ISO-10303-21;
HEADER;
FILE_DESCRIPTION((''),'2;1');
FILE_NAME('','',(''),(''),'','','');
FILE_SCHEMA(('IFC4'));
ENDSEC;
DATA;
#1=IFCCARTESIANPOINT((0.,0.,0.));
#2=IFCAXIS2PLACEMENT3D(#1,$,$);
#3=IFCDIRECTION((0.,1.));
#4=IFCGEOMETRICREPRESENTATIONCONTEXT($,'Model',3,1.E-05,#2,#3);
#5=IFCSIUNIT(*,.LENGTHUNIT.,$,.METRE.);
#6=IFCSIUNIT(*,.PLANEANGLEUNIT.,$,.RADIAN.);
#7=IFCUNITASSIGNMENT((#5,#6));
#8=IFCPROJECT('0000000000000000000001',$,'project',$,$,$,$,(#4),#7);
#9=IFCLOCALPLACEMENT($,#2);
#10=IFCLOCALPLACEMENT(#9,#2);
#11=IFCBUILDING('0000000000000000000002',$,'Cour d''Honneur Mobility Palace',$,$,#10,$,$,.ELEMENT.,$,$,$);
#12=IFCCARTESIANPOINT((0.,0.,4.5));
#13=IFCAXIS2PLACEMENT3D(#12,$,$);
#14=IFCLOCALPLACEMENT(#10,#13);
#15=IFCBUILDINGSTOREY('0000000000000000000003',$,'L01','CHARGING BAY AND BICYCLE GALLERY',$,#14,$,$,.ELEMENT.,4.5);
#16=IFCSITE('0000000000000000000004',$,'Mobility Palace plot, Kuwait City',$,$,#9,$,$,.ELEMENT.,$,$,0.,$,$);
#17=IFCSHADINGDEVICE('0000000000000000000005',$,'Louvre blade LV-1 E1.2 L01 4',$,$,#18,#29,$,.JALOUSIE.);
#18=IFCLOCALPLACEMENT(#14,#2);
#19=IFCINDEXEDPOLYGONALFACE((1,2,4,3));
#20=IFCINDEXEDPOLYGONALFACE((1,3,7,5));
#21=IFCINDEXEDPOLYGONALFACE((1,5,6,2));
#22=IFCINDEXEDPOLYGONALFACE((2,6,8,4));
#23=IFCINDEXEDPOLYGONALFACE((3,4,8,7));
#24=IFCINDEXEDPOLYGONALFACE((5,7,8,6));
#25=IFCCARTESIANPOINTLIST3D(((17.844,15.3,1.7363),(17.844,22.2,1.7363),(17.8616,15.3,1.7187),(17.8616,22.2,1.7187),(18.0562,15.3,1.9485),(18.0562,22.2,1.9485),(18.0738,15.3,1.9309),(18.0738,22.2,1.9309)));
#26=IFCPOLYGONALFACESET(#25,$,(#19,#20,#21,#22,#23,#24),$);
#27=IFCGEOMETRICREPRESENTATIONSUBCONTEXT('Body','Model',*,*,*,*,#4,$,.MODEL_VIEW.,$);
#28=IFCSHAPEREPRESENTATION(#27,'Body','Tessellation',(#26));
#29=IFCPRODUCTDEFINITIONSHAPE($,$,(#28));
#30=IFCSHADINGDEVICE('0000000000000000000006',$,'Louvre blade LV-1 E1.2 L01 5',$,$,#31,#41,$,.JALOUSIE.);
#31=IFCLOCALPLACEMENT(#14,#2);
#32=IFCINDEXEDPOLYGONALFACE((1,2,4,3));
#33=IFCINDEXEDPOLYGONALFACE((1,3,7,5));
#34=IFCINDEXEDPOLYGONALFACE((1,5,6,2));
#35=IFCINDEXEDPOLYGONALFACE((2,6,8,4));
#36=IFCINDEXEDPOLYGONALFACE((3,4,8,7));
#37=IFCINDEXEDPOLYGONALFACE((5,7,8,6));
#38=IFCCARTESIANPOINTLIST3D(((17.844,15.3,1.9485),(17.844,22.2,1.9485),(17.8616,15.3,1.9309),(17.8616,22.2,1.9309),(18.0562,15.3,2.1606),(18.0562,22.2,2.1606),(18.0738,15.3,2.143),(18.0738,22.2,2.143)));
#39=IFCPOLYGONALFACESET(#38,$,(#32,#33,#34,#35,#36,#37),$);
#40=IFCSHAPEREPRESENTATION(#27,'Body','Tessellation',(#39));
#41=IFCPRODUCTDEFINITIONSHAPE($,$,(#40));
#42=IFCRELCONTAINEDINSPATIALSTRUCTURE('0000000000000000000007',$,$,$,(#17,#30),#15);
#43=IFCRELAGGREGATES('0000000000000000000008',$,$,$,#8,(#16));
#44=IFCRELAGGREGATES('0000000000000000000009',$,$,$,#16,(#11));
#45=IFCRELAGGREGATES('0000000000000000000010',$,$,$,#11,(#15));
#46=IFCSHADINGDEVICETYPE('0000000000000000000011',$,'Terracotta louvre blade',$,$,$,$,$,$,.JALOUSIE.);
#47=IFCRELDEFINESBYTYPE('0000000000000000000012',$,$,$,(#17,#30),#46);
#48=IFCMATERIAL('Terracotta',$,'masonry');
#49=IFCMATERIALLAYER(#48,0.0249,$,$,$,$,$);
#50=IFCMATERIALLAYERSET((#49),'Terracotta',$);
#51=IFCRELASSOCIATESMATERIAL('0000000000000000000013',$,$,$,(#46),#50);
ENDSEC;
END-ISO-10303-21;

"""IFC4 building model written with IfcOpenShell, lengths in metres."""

from ifc_helpers import new_model, si_unit, direction, frame, origin, place, context, subcontext, project, spatial, polyline, outline, extrude, material, layer, layer_set, type_object, element, save


model = new_model("IFC4")

# Units and contexts
model_context = context("Model", 3, precision=1e-05, world=origin(), true_north=direction((0.0, 1.0)))
body_context = subcontext(model_context, "Body", "Model", "MODEL_VIEW")
ifc_project = project(units=[si_unit("LENGTHUNIT", "METRE"), si_unit("PLANEANGLEUNIT", "RADIAN")], contexts=[model_context])

# Site, building, storey
site_placement = place(None, origin())
site = spatial("IfcSite", under=ifc_project, at=site_placement, Name="Mobility Palace plot, Kuwait City", CompositionType="ELEMENT", RefElevation=0.0)
building_placement = place(site_placement, origin())
building = spatial("IfcBuilding", under=site, at=building_placement, Name="Cour d'Honneur Mobility Palace", CompositionType="ELEMENT")
storey_placement = place(building_placement, frame((0.0, 0.0, 4.5)))
storey = spatial("IfcBuildingStorey", under=building, at=storey_placement, Name="L01", Description="CHARGING BAY AND BICYCLE GALLERY", CompositionType="ELEMENT", Elevation=4.5)

# Shading devices
ifc_material_1 = material(Name="Terracotta", Category="masonry")
ifc_layer_1 = layer(ifc_material_1, 0.0249)
ifc_layer_set_1 = layer_set([ifc_layer_1], Name="Terracotta")
shading_device_type = type_object("IfcShadingDeviceType", Name="Terracotta louvre blade", PredefinedType="JALOUSIE", material=ifc_layer_set_1)
for number, where, z_axis, x_axis, name in (
    (1, (17.844, 15.3, 1.7363), (-0.707107, 0.0, 0.707107), (0.0, 1.0, 0.0), "Louvre blade LV-1 E1.2 L01 4"),
    (2, (17.844, 15.3, 1.9485), (-0.707107, 0.0, 0.707107), (0.0, 1.0, 0.0), "Louvre blade LV-1 E1.2 L01 5"),
):
    element("IfcShadingDevice", number, at=place(storey_placement, frame(where, z_axis=z_axis, x_axis=x_axis)), inside=storey, type_object=shading_device_type, Name=name, PredefinedType="JALOUSIE", context=body_context, shape_type="SweptSolid", body=[
        extrude(outline(polyline([(0.0, 0.0), (6.8999, 0.0), (6.8999, -0.3), (0.0, -0.3), (0.0, 0.0)])), origin(), (0.0, 0.0, -1.0), 0.0249),
    ])

save(model, "model.ifc")
